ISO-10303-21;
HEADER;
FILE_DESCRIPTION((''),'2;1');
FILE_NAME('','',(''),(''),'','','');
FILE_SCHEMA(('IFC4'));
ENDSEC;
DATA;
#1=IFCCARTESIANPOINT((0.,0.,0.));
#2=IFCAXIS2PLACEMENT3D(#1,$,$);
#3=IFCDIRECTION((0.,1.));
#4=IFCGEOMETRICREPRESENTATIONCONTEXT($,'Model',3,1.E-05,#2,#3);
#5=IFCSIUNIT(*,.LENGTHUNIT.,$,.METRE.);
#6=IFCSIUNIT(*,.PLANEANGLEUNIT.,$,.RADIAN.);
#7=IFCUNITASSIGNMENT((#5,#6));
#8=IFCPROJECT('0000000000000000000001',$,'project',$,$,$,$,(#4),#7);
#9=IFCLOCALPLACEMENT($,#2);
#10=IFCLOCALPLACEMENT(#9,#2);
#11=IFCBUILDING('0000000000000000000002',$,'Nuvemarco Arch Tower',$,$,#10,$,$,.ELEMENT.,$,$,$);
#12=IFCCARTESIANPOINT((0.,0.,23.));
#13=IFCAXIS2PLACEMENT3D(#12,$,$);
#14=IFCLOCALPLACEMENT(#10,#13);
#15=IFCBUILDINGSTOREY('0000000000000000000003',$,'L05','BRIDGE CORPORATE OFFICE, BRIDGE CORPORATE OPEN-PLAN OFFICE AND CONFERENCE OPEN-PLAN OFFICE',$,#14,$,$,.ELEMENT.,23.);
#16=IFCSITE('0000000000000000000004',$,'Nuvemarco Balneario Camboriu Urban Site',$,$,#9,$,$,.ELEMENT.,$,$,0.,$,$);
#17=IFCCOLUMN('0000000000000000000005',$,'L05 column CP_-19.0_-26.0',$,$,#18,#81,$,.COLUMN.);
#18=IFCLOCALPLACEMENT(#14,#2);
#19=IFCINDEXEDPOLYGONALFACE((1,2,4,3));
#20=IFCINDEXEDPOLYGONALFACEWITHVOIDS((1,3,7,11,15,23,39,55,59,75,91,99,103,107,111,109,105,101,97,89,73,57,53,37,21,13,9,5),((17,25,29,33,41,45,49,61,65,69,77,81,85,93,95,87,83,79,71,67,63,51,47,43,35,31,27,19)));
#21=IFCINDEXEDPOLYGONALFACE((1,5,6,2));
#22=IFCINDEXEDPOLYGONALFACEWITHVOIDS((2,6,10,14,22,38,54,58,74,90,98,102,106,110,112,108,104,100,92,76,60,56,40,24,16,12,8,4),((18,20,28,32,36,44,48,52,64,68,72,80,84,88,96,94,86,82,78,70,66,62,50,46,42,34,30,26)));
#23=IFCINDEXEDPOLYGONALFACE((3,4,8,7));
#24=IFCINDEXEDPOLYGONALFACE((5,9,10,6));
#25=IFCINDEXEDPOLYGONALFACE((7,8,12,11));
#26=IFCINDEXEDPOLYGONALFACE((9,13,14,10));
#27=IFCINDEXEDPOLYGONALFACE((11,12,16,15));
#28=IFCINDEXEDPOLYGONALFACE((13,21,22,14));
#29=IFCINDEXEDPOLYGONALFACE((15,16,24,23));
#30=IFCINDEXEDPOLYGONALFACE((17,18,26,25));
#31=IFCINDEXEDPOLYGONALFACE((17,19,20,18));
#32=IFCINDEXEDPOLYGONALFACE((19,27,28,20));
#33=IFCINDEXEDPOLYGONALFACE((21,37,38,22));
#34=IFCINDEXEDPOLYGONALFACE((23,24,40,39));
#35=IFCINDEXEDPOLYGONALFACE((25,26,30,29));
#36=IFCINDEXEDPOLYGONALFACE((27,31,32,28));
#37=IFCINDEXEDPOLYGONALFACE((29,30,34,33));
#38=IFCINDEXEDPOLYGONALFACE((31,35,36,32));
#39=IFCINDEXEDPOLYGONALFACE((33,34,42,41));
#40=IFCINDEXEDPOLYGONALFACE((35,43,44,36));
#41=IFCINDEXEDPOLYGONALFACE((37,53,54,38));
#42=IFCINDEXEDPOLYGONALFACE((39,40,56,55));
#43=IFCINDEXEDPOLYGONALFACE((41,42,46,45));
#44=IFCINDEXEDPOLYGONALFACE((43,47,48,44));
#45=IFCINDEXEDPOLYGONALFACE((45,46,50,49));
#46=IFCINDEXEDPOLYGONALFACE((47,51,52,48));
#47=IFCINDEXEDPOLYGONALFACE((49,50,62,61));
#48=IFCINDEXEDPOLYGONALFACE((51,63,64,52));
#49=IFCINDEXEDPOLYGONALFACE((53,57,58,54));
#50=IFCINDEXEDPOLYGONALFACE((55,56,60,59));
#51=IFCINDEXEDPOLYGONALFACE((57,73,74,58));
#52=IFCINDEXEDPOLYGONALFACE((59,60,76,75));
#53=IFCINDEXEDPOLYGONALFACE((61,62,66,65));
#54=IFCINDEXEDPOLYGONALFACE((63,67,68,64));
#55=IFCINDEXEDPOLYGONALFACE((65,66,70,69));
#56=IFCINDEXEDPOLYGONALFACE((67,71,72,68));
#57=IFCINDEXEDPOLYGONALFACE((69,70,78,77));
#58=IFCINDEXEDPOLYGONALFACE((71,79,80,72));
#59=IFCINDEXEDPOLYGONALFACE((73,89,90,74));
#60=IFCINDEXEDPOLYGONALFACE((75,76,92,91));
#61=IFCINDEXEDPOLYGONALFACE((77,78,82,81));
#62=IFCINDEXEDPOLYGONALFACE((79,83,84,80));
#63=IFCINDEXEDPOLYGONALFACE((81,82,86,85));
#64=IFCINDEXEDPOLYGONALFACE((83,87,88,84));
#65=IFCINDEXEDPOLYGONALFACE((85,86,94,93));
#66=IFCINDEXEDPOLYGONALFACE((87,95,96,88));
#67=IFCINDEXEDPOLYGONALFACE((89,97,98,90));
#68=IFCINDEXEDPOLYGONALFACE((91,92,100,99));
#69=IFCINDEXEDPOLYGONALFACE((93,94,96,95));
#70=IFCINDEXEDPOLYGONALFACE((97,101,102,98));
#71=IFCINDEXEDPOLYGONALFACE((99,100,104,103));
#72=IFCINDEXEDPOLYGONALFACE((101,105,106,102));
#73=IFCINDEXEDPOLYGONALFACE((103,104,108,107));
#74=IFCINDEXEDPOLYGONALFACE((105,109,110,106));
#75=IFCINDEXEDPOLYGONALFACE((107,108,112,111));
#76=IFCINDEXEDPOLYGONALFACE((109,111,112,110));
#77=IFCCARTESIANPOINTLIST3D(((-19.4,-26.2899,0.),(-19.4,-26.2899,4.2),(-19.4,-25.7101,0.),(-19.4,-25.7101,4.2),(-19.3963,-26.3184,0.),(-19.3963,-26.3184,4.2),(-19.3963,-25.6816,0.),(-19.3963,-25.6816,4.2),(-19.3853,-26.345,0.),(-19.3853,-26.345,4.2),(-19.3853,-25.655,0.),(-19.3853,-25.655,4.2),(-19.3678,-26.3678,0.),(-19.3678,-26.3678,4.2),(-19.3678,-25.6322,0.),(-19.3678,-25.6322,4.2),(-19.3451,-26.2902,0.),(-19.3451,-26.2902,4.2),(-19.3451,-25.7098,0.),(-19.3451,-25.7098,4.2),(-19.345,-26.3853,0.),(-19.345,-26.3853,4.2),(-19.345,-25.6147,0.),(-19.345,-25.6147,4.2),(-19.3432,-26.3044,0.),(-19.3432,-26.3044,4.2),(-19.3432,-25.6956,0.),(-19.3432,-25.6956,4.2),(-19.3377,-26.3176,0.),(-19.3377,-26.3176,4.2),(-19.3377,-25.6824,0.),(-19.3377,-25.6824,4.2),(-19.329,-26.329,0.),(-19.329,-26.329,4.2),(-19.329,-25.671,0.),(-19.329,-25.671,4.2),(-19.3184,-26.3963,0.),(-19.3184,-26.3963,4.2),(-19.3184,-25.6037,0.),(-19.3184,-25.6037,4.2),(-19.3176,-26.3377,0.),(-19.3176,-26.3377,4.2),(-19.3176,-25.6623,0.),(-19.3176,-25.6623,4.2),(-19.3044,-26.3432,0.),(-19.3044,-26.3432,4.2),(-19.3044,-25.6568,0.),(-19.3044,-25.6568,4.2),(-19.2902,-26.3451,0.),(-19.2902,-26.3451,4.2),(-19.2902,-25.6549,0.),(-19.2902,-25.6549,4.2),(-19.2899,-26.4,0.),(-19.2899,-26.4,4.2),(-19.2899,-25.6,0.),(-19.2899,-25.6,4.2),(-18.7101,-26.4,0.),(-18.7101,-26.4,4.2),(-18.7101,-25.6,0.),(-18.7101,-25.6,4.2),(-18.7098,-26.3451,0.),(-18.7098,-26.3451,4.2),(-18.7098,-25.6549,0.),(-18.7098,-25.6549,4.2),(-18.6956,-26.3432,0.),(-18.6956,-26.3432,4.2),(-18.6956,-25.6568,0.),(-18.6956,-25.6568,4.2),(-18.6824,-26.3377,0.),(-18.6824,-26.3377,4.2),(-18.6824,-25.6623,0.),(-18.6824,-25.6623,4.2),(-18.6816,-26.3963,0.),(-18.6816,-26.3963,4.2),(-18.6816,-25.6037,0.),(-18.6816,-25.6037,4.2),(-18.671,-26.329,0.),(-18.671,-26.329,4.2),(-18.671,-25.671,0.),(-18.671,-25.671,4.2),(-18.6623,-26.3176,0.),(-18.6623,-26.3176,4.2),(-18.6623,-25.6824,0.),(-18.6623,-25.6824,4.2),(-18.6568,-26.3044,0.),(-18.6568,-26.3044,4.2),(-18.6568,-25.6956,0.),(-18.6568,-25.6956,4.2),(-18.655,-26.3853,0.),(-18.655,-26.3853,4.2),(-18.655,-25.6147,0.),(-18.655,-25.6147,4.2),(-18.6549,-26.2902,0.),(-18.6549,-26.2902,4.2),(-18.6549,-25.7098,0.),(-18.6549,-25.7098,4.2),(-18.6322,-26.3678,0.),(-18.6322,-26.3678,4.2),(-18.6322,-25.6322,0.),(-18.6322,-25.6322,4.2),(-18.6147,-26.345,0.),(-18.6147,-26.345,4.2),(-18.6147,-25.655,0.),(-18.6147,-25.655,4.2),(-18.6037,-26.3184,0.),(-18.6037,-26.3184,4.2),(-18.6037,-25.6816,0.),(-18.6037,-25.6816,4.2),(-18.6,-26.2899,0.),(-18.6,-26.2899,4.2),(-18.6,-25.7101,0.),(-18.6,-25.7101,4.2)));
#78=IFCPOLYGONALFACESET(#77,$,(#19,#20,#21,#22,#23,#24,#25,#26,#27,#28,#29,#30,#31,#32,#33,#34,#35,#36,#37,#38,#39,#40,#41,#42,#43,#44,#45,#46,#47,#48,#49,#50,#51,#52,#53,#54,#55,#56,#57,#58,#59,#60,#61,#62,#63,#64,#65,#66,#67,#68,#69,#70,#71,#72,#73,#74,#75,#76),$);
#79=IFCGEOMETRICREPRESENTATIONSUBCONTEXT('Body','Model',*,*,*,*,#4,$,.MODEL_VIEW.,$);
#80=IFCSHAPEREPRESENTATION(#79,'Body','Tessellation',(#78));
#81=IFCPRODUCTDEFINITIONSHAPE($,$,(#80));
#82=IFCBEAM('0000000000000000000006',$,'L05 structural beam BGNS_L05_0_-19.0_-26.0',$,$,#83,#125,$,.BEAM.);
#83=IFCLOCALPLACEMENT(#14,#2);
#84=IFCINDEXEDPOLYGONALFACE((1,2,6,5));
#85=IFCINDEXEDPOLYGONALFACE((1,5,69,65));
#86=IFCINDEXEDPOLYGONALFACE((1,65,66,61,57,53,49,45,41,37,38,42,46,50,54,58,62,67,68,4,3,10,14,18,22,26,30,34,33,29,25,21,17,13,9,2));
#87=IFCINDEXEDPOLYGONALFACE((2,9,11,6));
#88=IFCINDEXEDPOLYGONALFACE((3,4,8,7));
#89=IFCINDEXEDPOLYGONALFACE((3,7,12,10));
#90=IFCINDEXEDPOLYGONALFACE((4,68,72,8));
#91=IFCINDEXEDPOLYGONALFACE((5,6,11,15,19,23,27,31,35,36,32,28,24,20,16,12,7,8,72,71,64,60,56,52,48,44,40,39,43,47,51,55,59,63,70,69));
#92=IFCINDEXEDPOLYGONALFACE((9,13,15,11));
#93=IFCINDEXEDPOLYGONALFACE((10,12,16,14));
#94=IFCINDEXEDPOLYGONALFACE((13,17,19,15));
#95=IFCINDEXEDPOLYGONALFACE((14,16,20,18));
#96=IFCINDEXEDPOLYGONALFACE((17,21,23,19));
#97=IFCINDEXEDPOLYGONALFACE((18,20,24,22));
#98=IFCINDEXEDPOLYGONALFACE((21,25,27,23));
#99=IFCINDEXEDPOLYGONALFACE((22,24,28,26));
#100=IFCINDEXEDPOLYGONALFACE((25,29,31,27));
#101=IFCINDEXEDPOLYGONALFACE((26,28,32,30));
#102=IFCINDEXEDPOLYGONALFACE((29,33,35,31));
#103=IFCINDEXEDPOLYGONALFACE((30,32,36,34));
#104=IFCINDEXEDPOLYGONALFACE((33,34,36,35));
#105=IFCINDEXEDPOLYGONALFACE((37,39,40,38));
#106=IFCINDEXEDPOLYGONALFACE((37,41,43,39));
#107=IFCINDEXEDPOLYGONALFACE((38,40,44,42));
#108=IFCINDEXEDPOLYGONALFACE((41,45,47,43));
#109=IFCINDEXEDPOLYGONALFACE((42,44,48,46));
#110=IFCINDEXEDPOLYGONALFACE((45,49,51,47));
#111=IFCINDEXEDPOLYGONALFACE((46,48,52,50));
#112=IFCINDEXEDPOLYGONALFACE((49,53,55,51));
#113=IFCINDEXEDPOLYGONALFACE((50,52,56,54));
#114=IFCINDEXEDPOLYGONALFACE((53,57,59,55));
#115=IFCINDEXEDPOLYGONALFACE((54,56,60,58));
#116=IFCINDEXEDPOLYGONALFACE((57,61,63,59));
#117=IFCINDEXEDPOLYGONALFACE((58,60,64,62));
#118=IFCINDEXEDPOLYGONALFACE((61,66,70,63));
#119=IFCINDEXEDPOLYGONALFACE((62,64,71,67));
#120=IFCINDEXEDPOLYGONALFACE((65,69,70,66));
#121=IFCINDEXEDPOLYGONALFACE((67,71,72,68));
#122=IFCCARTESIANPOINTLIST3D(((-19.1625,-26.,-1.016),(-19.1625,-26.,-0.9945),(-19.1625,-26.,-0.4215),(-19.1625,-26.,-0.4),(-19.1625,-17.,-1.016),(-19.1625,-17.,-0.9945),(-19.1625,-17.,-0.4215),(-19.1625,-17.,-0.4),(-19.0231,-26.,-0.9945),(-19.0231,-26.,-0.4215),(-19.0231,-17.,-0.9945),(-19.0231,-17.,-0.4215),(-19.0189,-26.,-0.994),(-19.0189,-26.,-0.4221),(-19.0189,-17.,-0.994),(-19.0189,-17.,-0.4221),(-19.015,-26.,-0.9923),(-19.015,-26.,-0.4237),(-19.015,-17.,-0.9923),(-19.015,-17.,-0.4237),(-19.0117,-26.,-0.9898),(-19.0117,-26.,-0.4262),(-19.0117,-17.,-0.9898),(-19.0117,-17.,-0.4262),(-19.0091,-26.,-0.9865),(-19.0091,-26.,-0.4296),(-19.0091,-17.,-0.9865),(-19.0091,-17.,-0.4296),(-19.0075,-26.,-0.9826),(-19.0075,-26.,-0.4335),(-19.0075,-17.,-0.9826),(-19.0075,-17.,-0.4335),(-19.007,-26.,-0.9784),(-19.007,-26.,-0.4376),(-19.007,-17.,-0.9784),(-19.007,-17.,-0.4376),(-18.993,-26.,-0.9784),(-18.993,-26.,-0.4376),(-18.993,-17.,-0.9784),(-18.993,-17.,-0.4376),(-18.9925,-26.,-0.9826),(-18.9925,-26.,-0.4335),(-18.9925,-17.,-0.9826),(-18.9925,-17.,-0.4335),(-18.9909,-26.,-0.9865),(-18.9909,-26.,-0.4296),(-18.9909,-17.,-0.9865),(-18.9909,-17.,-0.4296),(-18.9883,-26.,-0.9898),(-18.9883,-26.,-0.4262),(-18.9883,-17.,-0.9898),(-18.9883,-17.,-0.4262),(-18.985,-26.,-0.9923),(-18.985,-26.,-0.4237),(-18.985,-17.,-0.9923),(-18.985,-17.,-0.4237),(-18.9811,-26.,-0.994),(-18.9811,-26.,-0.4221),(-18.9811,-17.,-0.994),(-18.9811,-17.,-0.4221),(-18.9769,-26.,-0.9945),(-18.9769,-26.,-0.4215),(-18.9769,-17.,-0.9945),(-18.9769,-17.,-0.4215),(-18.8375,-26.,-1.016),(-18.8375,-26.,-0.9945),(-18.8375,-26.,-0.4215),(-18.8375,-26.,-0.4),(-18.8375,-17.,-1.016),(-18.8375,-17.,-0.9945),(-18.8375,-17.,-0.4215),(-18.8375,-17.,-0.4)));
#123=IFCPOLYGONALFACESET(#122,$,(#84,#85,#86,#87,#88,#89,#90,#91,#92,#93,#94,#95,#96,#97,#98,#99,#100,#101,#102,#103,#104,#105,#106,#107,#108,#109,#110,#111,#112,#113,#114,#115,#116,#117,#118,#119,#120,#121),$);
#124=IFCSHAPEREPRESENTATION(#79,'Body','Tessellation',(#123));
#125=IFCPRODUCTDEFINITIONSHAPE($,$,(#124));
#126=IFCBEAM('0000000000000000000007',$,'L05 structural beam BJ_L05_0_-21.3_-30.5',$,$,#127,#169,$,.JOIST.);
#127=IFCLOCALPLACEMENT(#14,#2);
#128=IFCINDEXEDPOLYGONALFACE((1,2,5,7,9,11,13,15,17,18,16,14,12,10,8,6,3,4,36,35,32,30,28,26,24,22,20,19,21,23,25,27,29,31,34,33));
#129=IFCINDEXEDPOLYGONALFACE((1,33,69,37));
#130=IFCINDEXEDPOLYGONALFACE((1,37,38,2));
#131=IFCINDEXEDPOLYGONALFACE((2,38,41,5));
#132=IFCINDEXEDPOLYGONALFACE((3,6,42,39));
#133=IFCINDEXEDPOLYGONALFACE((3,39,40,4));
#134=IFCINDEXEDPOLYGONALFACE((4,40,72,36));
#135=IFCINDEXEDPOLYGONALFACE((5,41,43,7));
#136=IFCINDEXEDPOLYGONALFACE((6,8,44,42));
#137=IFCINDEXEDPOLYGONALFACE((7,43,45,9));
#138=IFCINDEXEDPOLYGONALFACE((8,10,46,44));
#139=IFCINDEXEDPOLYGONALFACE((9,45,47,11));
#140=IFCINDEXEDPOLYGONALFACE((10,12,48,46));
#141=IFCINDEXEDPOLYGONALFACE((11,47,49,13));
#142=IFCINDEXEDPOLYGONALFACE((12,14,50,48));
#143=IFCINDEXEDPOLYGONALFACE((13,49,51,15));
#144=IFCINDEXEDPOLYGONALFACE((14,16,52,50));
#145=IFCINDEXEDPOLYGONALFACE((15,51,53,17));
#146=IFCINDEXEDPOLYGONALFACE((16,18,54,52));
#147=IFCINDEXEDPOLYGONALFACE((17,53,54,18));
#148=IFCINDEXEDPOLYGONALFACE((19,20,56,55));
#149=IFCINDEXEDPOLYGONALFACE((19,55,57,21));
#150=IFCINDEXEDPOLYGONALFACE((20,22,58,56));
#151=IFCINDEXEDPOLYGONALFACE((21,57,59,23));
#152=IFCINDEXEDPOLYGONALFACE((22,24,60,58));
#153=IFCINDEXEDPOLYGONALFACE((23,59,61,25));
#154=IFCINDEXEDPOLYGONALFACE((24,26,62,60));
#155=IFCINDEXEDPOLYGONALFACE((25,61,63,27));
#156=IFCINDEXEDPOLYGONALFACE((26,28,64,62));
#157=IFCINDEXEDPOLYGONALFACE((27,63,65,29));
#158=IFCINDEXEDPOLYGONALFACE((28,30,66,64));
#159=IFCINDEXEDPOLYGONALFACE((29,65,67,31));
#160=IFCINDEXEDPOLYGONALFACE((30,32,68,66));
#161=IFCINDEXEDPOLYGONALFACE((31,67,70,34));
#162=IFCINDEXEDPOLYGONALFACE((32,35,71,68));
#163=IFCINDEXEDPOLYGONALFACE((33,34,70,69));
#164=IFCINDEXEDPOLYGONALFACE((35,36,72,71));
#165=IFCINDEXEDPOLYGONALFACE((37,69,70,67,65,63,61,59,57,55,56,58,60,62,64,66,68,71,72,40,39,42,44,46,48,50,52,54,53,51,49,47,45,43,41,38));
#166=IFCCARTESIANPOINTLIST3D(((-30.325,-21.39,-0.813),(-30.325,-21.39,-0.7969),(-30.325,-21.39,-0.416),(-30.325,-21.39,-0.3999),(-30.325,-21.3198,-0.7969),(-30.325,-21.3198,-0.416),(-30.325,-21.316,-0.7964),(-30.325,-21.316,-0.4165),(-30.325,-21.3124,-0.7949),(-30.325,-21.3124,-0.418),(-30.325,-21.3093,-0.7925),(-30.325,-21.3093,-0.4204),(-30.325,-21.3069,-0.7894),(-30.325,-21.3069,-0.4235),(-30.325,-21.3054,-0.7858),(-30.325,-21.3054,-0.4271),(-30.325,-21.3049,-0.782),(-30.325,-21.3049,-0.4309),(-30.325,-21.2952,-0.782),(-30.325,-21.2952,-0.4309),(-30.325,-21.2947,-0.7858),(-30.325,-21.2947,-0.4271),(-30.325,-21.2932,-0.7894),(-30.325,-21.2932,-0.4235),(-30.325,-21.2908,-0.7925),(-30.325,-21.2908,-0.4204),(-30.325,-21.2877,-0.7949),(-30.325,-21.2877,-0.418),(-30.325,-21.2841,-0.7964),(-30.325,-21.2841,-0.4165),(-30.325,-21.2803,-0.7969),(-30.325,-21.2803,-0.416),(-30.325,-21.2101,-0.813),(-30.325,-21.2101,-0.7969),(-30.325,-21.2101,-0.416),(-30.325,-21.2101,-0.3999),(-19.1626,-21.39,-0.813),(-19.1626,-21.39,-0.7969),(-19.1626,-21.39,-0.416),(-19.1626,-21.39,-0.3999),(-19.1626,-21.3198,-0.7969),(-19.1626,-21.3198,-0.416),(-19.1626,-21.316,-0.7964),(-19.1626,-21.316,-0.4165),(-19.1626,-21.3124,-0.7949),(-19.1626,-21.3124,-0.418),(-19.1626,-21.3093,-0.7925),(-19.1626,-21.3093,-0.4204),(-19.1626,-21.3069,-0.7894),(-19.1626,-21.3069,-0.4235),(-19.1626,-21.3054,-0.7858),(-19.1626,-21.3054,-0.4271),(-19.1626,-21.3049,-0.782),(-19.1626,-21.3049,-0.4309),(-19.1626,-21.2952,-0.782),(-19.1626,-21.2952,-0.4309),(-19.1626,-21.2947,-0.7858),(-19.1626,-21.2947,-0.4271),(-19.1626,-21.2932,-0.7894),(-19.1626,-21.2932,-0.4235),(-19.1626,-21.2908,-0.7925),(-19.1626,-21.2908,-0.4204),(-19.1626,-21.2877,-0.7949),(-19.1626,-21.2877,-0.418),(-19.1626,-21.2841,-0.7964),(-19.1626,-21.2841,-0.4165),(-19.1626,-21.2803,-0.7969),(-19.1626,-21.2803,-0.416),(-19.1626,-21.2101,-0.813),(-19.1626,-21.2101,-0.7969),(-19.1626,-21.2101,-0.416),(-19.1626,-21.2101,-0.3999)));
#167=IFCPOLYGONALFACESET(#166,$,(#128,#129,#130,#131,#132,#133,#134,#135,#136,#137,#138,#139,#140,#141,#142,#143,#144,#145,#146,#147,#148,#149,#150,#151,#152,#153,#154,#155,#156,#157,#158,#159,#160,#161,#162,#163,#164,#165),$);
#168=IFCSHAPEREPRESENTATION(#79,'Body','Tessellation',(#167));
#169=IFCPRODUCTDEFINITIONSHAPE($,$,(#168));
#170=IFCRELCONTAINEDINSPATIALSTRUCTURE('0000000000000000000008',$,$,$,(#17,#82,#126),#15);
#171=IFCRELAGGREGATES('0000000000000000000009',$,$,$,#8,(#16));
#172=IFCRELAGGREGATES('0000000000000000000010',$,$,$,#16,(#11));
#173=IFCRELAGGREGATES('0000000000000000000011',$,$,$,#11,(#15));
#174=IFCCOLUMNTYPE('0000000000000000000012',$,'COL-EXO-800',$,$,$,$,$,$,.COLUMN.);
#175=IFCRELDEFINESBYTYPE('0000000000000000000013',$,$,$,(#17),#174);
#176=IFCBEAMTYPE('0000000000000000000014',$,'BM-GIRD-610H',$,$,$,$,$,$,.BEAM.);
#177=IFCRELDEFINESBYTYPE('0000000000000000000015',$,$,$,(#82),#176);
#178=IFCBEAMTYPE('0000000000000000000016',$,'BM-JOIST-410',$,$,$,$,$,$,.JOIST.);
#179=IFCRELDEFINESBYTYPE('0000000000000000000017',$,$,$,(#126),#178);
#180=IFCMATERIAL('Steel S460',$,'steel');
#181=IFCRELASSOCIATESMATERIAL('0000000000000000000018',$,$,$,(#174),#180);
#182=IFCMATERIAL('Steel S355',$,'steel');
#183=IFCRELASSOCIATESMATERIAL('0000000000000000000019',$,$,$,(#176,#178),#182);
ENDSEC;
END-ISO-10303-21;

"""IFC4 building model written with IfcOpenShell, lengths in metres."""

from ifc_helpers import new_model, si_unit, direction, frame, origin, origin_2d, place, context, subcontext, project, spatial, hollow_rectangle, i_section, extrude, material, material_profile, profile_set, type_object, element, save


model = new_model("IFC4")

# Units and contexts
model_context = context("Model", 3, precision=1e-05, world=origin(), true_north=direction((0.0, 1.0)))
body_context = subcontext(model_context, "Body", "Model", "MODEL_VIEW")
ifc_project = project(units=[si_unit("LENGTHUNIT", "METRE"), si_unit("PLANEANGLEUNIT", "RADIAN")], contexts=[model_context])

# Site, building, storey
site_placement = place(None, origin())
site = spatial("IfcSite", under=ifc_project, at=site_placement, Name="Nuvemarco Balneario Camboriu Urban Site", CompositionType="ELEMENT", RefElevation=0.0)
building_placement = place(site_placement, origin())
building = spatial("IfcBuilding", under=site, at=building_placement, Name="Nuvemarco Arch Tower", CompositionType="ELEMENT")
storey_placement = place(building_placement, frame((0.0, 0.0, 23.0)))
storey = spatial("IfcBuildingStorey", under=building, at=storey_placement, Name="L05", Description="BRIDGE CORPORATE OFFICE, BRIDGE CORPORATE OPEN-PLAN OFFICE AND CONFERENCE OPEN-PLAN OFFICE", CompositionType="ELEMENT", Elevation=23.0)

# Column
ifc_material_1 = material(Name="Steel S460", Category="steel")
ifc_material_profile_1 = material_profile(ifc_material_1, hollow_rectangle(XDim=0.8, YDim=0.8, WallThickness=0.0549, InnerFilletRadius=0.0549, OuterFilletRadius=0.1101, at=origin_2d()), Name="SHS800x800x55")
ifc_profile_set_1 = profile_set([ifc_material_profile_1], Name="Steel S460")
column_type = type_object("IfcColumnType", Name="COL-EXO-800", PredefinedType="COLUMN", material=ifc_profile_set_1)
for number, where, z_axis, x_axis, name in (
    (1, (-19.0, -26.0, 0.0), (0.0, 0.0, 1.0), (1.0, 0.0, 0.0), "L05 column CP_-19.0_-26.0"),
):
    element("IfcColumn", number, at=place(storey_placement, frame(where, z_axis=z_axis, x_axis=x_axis)), inside=storey, type_object=column_type, Name=name, PredefinedType="COLUMN", context=body_context, shape_type="SweptSolid", body=[
        extrude(hollow_rectangle(XDim=0.8, YDim=0.8, WallThickness=0.0549, InnerFilletRadius=0.0549, OuterFilletRadius=0.1101, at=origin_2d()), origin(), (0.0, 0.0, 1.0), 4.2),
    ])

# Beams
ifc_material_2 = material(Name="Steel S355", Category="steel")
ifc_material_profile_2 = material_profile(ifc_material_2, i_section(OverallWidth=0.325, OverallDepth=0.616, WebThickness=0.0139, FlangeThickness=0.0215, FilletRadius=0.0161, at=origin_2d()), Name="W610x174")
ifc_profile_set_2 = profile_set([ifc_material_profile_2], Name="Steel S355")
beam_type_1 = type_object("IfcBeamType", Name="BM-GIRD-610H", PredefinedType="BEAM", material=ifc_profile_set_2)
beam_1_placement = place(storey_placement, frame((-19.0, -26.0, -0.708), z_axis=(0.0, 1.0, 0.0), x_axis=(-1.0, 0.0, 0.0)))
element("IfcBeam", 2, at=beam_1_placement, inside=storey, type_object=beam_type_1, Name="L05 structural beam BGNS_L05_0_-19.0_-26.0", PredefinedType="BEAM", context=body_context, shape_type="SweptSolid", body=[
    extrude(i_section(OverallWidth=0.325, OverallDepth=0.616, WebThickness=0.0139, FlangeThickness=0.0215, FilletRadius=0.0161, at=origin_2d()), origin(), (0.0, 0.0, 1.0), 9.0),
])
ifc_material_profile_3 = material_profile(ifc_material_2, i_section(OverallWidth=0.1799, OverallDepth=0.4131, WebThickness=0.0098, FlangeThickness=0.0161, FilletRadius=0.0149, at=origin_2d()), Name="W410x75")
ifc_profile_set_3 = profile_set([ifc_material_profile_3], Name="Steel S355")
beam_type_2 = type_object("IfcBeamType", Name="BM-JOIST-410", PredefinedType="JOIST", material=ifc_profile_set_3)
beam_2_placement = place(storey_placement, frame((-30.325, -21.3, -0.6064), z_axis=(1.0, 0.0, 0.0), x_axis=(0.0, 1.0, 0.0)))
element("IfcBeam", 3, at=beam_2_placement, inside=storey, type_object=beam_type_2, Name="L05 structural beam BJ_L05_0_-21.3_-30.5", PredefinedType="JOIST", context=body_context, shape_type="SweptSolid", body=[
    extrude(i_section(OverallWidth=0.1799, OverallDepth=0.4131, WebThickness=0.0098, FlangeThickness=0.0161, FilletRadius=0.0149, at=origin_2d()), origin(), (0.0, 0.0, 1.0), 11.1624),
])

save(model, "model.ifc")
